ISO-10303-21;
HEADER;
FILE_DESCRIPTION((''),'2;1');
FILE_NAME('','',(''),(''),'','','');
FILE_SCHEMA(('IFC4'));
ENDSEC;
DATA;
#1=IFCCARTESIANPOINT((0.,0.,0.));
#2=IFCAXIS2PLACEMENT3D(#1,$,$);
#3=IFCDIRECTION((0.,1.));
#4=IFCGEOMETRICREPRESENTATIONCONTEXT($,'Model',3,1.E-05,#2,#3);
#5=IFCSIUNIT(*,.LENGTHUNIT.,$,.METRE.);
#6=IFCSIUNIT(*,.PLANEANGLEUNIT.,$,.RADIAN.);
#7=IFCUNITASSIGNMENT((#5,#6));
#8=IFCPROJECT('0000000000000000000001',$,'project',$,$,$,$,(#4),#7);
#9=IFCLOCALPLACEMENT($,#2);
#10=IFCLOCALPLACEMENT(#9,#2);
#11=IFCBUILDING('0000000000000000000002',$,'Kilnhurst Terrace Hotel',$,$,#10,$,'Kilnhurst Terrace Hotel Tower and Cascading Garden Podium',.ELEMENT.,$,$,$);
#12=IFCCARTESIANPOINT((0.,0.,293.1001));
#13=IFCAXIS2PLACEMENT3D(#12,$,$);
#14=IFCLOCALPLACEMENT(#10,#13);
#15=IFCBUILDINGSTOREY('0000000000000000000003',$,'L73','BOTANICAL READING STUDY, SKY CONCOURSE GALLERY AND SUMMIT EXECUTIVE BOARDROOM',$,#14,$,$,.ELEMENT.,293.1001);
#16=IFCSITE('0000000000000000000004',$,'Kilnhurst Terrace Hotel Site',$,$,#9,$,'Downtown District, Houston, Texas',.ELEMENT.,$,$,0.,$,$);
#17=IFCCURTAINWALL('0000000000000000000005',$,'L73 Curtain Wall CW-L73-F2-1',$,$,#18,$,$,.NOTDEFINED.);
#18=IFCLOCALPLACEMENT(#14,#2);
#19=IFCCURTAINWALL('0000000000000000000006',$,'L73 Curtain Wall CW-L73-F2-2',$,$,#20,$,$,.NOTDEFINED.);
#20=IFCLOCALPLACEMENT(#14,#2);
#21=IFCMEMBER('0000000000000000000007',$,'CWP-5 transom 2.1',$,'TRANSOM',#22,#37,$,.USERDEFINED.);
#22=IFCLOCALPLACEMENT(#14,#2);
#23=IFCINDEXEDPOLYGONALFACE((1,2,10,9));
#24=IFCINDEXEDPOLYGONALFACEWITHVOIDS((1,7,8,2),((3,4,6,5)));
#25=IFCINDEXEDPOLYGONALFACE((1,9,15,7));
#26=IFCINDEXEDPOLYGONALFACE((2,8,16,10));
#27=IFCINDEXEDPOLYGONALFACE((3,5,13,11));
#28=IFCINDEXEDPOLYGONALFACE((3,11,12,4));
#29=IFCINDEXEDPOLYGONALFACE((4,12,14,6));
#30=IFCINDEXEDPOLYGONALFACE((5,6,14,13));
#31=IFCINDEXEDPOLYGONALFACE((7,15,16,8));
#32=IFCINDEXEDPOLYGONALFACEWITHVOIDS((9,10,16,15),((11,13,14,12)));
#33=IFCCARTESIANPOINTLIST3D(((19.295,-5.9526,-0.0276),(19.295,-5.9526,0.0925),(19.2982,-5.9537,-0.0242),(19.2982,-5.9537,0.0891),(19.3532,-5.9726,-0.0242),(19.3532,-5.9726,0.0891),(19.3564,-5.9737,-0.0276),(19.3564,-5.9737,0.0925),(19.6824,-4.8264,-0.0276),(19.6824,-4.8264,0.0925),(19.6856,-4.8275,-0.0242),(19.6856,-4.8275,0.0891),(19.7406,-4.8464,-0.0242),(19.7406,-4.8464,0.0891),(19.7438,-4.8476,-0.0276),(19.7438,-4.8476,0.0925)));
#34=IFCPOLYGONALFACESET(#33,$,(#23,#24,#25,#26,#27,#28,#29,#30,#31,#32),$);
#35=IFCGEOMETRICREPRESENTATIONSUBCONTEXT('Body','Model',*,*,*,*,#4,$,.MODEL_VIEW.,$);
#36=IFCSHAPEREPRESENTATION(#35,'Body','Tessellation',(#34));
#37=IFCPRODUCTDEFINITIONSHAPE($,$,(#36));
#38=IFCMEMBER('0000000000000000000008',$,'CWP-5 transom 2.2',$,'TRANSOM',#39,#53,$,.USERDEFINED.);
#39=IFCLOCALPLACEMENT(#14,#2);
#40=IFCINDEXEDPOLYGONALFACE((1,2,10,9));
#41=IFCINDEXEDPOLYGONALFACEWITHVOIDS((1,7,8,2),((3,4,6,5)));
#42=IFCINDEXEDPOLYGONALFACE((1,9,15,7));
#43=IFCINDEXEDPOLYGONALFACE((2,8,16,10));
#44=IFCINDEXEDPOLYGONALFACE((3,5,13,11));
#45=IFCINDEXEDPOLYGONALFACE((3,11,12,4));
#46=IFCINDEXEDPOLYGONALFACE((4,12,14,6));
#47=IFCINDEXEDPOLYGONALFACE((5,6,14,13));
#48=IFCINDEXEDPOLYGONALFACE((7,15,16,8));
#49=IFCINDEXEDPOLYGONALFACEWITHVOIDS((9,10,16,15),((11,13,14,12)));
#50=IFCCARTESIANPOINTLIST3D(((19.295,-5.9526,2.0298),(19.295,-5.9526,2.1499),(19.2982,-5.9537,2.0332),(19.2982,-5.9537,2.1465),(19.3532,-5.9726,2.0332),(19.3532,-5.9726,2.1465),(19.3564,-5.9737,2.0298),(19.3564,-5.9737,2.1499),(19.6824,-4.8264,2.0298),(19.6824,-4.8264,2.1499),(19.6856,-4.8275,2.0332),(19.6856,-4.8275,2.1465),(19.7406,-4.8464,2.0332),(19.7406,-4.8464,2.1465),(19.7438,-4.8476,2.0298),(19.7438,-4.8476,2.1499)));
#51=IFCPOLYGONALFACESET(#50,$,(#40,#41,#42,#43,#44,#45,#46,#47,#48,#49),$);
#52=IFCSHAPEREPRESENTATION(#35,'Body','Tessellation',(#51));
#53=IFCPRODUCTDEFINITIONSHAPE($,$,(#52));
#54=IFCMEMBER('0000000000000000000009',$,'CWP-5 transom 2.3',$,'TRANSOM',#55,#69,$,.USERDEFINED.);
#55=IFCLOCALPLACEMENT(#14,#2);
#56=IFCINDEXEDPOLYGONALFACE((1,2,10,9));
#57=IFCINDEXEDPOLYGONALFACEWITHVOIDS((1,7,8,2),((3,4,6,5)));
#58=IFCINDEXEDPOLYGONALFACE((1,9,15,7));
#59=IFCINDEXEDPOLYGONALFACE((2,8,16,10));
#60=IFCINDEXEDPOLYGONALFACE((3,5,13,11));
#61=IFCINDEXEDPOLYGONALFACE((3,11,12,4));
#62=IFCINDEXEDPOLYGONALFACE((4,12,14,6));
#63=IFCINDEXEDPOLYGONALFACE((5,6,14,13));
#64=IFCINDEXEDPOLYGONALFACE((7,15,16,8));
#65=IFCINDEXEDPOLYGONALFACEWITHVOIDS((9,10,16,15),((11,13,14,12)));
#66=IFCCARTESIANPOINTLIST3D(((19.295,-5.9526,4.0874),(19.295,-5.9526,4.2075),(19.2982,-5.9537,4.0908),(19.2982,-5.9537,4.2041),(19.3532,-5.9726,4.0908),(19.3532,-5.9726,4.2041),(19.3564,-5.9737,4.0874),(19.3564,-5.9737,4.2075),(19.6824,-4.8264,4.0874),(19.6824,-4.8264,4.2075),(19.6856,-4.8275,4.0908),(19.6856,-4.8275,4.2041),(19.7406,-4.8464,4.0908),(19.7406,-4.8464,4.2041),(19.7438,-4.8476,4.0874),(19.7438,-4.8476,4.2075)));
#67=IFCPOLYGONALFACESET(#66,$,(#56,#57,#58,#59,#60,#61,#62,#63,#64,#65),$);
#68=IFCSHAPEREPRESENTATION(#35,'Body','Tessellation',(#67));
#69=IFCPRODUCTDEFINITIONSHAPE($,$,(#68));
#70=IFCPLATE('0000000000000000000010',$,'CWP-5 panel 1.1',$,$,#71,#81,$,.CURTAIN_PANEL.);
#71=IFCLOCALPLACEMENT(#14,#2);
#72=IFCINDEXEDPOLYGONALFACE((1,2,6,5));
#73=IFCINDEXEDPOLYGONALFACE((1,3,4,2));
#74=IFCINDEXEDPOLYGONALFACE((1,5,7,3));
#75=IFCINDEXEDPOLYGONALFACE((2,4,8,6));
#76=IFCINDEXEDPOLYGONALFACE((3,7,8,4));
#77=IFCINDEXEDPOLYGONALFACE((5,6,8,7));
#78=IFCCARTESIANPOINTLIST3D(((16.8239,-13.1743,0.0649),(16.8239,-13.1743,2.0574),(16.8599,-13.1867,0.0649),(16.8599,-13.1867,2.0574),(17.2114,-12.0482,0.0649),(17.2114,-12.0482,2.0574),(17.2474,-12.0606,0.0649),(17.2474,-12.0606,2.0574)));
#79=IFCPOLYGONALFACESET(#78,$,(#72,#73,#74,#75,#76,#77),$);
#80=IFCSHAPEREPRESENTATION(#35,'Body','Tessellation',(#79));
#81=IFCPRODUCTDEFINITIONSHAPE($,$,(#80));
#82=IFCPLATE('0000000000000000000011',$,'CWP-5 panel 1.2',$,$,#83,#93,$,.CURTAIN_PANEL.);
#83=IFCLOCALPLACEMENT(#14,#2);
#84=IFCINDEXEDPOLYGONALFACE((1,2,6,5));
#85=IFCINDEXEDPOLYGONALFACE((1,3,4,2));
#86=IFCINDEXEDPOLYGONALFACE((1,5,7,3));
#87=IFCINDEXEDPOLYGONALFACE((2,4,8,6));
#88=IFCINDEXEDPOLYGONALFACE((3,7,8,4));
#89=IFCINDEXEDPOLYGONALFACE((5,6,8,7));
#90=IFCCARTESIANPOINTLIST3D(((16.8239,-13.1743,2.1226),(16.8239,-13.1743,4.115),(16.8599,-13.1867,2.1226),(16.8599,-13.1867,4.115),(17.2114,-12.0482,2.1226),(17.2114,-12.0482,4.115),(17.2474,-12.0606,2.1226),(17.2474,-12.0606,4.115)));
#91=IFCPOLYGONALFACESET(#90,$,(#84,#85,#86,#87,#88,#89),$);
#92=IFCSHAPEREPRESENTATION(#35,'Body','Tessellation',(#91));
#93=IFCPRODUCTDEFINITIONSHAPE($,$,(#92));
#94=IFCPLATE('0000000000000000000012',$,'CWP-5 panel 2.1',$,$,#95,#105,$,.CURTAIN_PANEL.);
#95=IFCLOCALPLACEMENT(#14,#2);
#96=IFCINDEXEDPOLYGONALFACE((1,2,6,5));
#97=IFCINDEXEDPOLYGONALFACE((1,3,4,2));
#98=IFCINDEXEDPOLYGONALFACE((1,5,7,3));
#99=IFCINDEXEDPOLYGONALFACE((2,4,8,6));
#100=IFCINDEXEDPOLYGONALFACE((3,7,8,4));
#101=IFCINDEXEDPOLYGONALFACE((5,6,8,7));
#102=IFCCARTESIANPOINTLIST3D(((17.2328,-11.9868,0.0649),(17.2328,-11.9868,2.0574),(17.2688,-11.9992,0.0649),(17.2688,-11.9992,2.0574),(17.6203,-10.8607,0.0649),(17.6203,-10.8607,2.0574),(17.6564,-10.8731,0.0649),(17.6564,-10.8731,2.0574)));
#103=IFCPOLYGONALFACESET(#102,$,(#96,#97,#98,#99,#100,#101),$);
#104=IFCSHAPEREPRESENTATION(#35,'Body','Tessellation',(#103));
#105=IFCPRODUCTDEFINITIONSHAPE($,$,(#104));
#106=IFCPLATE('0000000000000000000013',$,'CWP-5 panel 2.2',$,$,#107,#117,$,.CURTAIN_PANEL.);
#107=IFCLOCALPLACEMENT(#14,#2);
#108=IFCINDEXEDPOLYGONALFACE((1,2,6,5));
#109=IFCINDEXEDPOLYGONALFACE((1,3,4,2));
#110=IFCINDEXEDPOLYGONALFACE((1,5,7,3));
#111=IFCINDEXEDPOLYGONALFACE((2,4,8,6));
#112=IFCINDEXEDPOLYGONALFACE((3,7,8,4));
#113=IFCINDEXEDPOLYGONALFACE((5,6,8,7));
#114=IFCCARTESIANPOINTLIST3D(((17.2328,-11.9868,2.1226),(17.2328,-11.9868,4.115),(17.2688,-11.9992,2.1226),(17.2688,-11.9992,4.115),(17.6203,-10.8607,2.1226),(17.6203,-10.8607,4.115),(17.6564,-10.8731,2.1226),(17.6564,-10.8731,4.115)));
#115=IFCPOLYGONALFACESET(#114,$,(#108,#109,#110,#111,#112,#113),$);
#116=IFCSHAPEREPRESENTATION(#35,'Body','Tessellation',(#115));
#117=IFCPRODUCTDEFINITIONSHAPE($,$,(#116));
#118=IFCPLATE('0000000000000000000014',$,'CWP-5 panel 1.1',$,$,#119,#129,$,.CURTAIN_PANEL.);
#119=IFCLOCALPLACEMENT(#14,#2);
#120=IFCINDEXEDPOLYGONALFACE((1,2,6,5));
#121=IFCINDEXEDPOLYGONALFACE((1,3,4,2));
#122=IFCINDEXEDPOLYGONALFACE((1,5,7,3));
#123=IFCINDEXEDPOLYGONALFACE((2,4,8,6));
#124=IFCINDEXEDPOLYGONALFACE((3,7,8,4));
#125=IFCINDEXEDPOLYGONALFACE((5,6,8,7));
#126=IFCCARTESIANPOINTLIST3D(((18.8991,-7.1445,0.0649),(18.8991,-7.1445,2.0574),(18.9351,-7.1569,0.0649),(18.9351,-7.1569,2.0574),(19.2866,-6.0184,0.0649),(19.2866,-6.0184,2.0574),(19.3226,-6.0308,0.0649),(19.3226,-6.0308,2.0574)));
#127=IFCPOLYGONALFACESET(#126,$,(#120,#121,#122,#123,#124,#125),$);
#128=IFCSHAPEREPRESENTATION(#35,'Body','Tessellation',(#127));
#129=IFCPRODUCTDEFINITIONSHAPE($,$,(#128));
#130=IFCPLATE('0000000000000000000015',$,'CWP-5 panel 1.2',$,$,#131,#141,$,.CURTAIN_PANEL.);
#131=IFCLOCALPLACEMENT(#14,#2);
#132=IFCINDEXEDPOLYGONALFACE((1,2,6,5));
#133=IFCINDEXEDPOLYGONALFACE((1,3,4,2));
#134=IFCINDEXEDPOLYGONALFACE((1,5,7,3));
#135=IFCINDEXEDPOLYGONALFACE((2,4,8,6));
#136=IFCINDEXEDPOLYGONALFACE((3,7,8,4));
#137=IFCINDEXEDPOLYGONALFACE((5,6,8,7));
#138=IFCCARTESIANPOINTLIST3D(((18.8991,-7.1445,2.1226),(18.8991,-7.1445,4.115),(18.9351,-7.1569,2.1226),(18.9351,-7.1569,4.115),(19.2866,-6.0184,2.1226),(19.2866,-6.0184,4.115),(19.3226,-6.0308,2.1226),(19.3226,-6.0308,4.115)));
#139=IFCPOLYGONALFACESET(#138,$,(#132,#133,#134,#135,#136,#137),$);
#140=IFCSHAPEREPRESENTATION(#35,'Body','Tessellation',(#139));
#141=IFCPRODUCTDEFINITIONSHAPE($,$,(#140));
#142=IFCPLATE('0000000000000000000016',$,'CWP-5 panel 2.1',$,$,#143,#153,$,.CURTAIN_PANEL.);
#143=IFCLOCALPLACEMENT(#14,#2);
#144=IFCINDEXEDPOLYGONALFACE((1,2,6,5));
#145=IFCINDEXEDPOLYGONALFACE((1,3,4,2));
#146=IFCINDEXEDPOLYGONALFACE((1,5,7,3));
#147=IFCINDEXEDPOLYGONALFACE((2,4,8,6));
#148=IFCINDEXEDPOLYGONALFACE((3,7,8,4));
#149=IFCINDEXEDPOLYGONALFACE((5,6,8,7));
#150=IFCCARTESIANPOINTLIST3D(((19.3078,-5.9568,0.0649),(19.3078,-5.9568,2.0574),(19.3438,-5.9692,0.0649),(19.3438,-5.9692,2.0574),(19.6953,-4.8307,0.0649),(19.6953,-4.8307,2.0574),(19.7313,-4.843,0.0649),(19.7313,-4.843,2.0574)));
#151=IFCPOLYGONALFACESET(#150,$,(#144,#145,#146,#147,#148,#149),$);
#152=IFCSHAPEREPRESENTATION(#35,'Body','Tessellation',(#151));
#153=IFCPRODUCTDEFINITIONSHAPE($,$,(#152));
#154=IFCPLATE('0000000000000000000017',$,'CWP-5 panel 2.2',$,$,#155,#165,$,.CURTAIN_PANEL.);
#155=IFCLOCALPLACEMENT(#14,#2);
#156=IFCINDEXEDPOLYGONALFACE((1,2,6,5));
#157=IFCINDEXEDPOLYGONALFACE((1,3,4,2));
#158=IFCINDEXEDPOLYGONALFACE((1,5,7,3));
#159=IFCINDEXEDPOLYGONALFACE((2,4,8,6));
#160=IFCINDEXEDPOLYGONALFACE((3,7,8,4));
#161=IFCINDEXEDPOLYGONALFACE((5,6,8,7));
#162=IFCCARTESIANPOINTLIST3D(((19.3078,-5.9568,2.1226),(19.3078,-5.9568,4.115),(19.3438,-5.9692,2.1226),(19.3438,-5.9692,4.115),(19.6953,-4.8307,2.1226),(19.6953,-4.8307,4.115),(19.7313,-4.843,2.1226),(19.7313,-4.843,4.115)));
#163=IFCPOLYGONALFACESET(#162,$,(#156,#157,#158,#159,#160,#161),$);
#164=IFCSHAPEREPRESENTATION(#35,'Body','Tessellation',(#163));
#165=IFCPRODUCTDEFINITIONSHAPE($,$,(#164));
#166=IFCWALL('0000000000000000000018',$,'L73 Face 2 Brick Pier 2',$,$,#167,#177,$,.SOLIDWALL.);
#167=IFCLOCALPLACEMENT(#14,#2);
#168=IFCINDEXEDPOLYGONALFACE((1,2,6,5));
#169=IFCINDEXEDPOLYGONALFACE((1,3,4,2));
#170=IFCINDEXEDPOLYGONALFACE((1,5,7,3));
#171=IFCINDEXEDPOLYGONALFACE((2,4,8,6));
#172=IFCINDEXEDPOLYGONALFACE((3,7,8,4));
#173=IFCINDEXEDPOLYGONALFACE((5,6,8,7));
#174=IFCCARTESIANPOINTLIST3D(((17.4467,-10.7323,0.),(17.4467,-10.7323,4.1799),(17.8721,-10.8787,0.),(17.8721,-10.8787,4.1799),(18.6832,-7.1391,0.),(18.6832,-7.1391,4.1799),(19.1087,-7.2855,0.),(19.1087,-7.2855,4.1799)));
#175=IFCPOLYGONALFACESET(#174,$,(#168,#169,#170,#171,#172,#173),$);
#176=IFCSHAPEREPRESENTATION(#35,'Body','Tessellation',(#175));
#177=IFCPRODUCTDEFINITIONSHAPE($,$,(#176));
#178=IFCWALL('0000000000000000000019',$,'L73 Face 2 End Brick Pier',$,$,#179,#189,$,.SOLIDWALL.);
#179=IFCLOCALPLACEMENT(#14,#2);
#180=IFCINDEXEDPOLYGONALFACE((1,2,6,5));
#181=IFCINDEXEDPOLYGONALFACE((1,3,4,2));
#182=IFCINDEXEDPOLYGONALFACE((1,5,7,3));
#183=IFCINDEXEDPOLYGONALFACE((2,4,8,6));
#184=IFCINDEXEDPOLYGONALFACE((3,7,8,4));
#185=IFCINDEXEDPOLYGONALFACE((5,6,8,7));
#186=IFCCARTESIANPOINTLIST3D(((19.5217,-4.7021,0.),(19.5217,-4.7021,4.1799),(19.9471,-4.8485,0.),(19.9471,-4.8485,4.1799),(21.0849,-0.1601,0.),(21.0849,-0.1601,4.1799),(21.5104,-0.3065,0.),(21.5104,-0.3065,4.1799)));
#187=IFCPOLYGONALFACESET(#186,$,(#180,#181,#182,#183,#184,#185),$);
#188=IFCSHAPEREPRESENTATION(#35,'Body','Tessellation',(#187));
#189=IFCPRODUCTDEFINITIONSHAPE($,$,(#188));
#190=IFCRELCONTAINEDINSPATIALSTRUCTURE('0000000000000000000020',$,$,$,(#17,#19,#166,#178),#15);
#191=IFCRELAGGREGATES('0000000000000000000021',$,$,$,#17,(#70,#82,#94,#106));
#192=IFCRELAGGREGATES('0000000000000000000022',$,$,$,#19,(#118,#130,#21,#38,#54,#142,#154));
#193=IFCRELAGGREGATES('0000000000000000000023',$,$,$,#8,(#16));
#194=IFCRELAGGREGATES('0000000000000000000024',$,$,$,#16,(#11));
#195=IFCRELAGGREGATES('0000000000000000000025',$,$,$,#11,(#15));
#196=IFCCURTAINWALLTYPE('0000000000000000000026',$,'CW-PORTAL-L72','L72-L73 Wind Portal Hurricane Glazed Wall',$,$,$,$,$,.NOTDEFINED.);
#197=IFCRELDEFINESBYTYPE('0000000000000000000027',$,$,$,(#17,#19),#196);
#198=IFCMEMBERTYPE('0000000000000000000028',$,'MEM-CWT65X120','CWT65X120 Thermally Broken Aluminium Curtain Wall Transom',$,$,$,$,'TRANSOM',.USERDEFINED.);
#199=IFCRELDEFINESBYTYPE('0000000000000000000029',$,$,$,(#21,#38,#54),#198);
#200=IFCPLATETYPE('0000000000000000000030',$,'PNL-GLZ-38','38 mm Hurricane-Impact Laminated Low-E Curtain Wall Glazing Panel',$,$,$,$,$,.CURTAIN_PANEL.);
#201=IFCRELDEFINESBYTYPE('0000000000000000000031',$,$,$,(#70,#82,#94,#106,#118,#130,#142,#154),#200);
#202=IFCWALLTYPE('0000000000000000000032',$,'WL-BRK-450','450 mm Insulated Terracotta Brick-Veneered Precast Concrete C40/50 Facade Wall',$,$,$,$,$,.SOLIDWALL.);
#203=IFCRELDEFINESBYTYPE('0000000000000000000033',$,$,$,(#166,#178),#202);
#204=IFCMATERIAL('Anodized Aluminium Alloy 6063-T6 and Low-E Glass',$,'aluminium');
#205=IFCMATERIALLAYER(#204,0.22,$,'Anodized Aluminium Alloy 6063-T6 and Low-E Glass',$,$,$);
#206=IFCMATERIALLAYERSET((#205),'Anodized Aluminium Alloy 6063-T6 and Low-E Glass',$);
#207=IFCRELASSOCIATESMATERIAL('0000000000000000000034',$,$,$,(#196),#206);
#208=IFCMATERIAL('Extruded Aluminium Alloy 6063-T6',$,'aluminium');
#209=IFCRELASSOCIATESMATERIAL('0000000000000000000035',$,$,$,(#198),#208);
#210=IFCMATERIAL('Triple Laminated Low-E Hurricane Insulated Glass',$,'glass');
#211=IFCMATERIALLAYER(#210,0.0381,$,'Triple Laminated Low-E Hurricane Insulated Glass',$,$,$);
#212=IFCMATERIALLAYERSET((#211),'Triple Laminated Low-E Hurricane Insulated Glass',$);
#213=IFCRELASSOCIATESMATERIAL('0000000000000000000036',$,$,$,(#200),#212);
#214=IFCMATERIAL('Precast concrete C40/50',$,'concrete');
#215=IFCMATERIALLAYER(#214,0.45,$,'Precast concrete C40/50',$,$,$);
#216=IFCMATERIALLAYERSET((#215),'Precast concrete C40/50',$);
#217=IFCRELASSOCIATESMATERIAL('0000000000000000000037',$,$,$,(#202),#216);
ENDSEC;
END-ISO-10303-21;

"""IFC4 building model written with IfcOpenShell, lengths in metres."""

from ifc_helpers import new_model, si_unit, direction, frame, frame_2d, origin, origin_2d, place, context, subcontext, project, spatial, rectangle, hollow_rectangle, extrude, material, layer, layer_set, material_profile, profile_set, type_object, element, aggregate, save


model = new_model("IFC4")

# Units and contexts
model_context = context("Model", 3, precision=1e-05, world=origin(), true_north=direction((0.0, 1.0)))
body_context = subcontext(model_context, "Body", "Model", "MODEL_VIEW")
ifc_project = project(units=[si_unit("LENGTHUNIT", "METRE"), si_unit("PLANEANGLEUNIT", "RADIAN")], contexts=[model_context])

# Site, building, storey
site_placement = place(None, origin())
site = spatial("IfcSite", under=ifc_project, at=site_placement, Name="Kilnhurst Terrace Hotel Site", LongName="Downtown District, Houston, Texas", CompositionType="ELEMENT", RefElevation=0.0)
building_placement = place(site_placement, origin())
building = spatial("IfcBuilding", under=site, at=building_placement, Name="Kilnhurst Terrace Hotel", LongName="Kilnhurst Terrace Hotel Tower and Cascading Garden Podium", CompositionType="ELEMENT")
storey_placement = place(building_placement, frame((0.0, 0.0, 293.1001)))
storey = spatial("IfcBuildingStorey", under=building, at=storey_placement, Name="L73", Description="BOTANICAL READING STUDY, SKY CONCOURSE GALLERY AND SUMMIT EXECUTIVE BOARDROOM", CompositionType="ELEMENT", Elevation=293.1001)

# Curtain walls
ifc_material_1 = material(Name="Anodized Aluminium Alloy 6063-T6 and Low-E Glass", Category="aluminium")
ifc_layer_1 = layer(ifc_material_1, 0.22, Name="Anodized Aluminium Alloy 6063-T6 and Low-E Glass")
ifc_layer_set_1 = layer_set([ifc_layer_1], Name="Anodized Aluminium Alloy 6063-T6 and Low-E Glass")
curtain_wall_type = type_object("IfcCurtainWallType", Name="CW-PORTAL-L72", Description="L72-L73 Wind Portal Hurricane Glazed Wall", PredefinedType="NOTDEFINED", material=ifc_layer_set_1)
curtain_wall_1_placement = place(storey_placement, origin())
curtain_wall_1 = element("IfcCurtainWall", 1, at=curtain_wall_1_placement, inside=storey, type_object=curtain_wall_type, Name="L73 Curtain Wall CW-L73-F2-1", PredefinedType="NOTDEFINED")
ifc_material_2 = material(Name="Extruded Aluminium Alloy 6063-T6", Category="aluminium")
curtain_wall_2_placement = place(storey_placement, origin())
curtain_wall_2 = element("IfcCurtainWall", 2, at=curtain_wall_2_placement, inside=storey, type_object=curtain_wall_type, Name="L73 Curtain Wall CW-L73-F2-2", PredefinedType="NOTDEFINED")

# Members
ifc_material_profile_1 = material_profile(ifc_material_2, hollow_rectangle(XDim=0.0649, YDim=0.1201, WallThickness=0.0034, at=origin_2d()), Name="CWT65X120")
ifc_profile_set_1 = profile_set([ifc_material_profile_1], Name="Extruded Aluminium Alloy 6063-T6")
member_type_1 = type_object("IfcMemberType", Name="MEM-CWT65X120", Description="CWT65X120 Thermally Broken Aluminium Curtain Wall Transom", ElementType="TRANSOM", PredefinedType="USERDEFINED", material=ifc_profile_set_1)
member_1_placement = place(storey_placement, frame((19.3257, -5.9631, 0.0325), z_axis=(0.325315, 0.945606, 0.0), x_axis=(-0.945606, 0.325315, 0.0)))
member_1 = element("IfcMember", 3, at=member_1_placement, type_object=member_type_1, Name="CWP-5 transom 2.1", ObjectType="TRANSOM", PredefinedType="USERDEFINED", context=body_context, shape_type="SweptSolid", body=[
    extrude(hollow_rectangle(XDim=0.0649, YDim=0.1201, WallThickness=0.0034, at=origin_2d()), origin(), (0.0, 0.0, 1.0), 1.1909),
])
member_2_placement = place(storey_placement, frame((19.3257, -5.9631, 2.0898), z_axis=(0.325315, 0.945606, 0.0), x_axis=(-0.945606, 0.325315, 0.0)))
member_2 = element("IfcMember", 4, at=member_2_placement, type_object=member_type_1, Name="CWP-5 transom 2.2", ObjectType="TRANSOM", PredefinedType="USERDEFINED", context=body_context, shape_type="SweptSolid", body=[
    extrude(hollow_rectangle(XDim=0.0649, YDim=0.1201, WallThickness=0.0034, at=origin_2d()), origin(), (0.0, 0.0, 1.0), 1.1909),
])
member_3_placement = place(storey_placement, frame((19.3257, -5.9631, 4.1475), z_axis=(0.325315, 0.945606, 0.0), x_axis=(-0.945606, 0.325315, 0.0)))
member_3 = element("IfcMember", 5, at=member_3_placement, type_object=member_type_1, Name="CWP-5 transom 2.3", ObjectType="TRANSOM", PredefinedType="USERDEFINED", context=body_context, shape_type="SweptSolid", body=[
    extrude(hollow_rectangle(XDim=0.0649, YDim=0.1201, WallThickness=0.0034, at=origin_2d()), origin(), (0.0, 0.0, 1.0), 1.1909),
])

# Plates
ifc_material_3 = material(Name="Triple Laminated Low-E Hurricane Insulated Glass", Category="glass")
ifc_layer_2 = layer(ifc_material_3, 0.0381, Name="Triple Laminated Low-E Hurricane Insulated Glass")
ifc_layer_set_2 = layer_set([ifc_layer_2], Name="Triple Laminated Low-E Hurricane Insulated Glass")
plate_type = type_object("IfcPlateType", Name="PNL-GLZ-38", Description="38 mm Hurricane-Impact Laminated Low-E Curtain Wall Glazing Panel", PredefinedType="CURTAIN_PANEL", material=ifc_layer_set_2)
plate_1_placement = place(storey_placement, frame((17.0356, -12.6174, 0.0649), z_axis=(0.0, 0.0, 1.0), x_axis=(0.325409, 0.945573, 0.0)))
plate_1 = element("IfcPlate", 6, at=plate_1_placement, type_object=plate_type, Name="CWP-5 panel 1.1", PredefinedType="CURTAIN_PANEL", context=body_context, shape_type="SweptSolid", body=[
    extrude(rectangle(XDim=1.1909, YDim=0.0381, at=origin_2d()), origin(), (0.0, 0.0, 1.0), 1.9924),
])
plate_2_placement = place(storey_placement, frame((17.0356, -12.6174, 2.1226), z_axis=(0.0, 0.0, 1.0), x_axis=(0.325409, 0.945573, 0.0)))
plate_2 = element("IfcPlate", 7, at=plate_2_placement, type_object=plate_type, Name="CWP-5 panel 1.2", PredefinedType="CURTAIN_PANEL", context=body_context, shape_type="SweptSolid", body=[
    extrude(rectangle(XDim=1.1909, YDim=0.0381, at=origin_2d()), origin(), (0.0, 0.0, 1.0), 1.9924),
])
plate_3_placement = place(storey_placement, frame((17.4446, -11.4299, 0.0649), z_axis=(0.0, 0.0, 1.0), x_axis=(0.325409, 0.945573, 0.0)))
plate_3 = element("IfcPlate", 8, at=plate_3_placement, type_object=plate_type, Name="CWP-5 panel 2.1", PredefinedType="CURTAIN_PANEL", context=body_context, shape_type="SweptSolid", body=[
    extrude(rectangle(XDim=1.1909, YDim=0.0381, at=origin_2d()), origin(), (0.0, 0.0, 1.0), 1.9924),
])
plate_4_placement = place(storey_placement, frame((17.4446, -11.4299, 2.1226), z_axis=(0.0, 0.0, 1.0), x_axis=(0.325409, 0.945573, 0.0)))
plate_4 = element("IfcPlate", 9, at=plate_4_placement, type_object=plate_type, Name="CWP-5 panel 2.2", PredefinedType="CURTAIN_PANEL", context=body_context, shape_type="SweptSolid", body=[
    extrude(rectangle(XDim=1.1909, YDim=0.0381, at=origin_2d()), origin(), (0.0, 0.0, 1.0), 1.9924),
])
aggregate(curtain_wall_1, [plate_1, plate_2, plate_3, plate_4])
plate_5_placement = place(storey_placement, frame((19.1108, -6.5876, 0.0649), z_axis=(0.0, 0.0, 1.0), x_axis=(0.325387, 0.945581, 0.0)))
plate_5 = element("IfcPlate", 10, at=plate_5_placement, type_object=plate_type, Name="CWP-5 panel 1.1", PredefinedType="CURTAIN_PANEL", context=body_context, shape_type="SweptSolid", body=[
    extrude(rectangle(XDim=1.1909, YDim=0.0381, at=origin_2d()), origin(), (0.0, 0.0, 1.0), 1.9924),
])
plate_6_placement = place(storey_placement, frame((19.1108, -6.5876, 2.1226), z_axis=(0.0, 0.0, 1.0), x_axis=(0.325387, 0.945581, 0.0)))
plate_6 = element("IfcPlate", 11, at=plate_6_placement, type_object=plate_type, Name="CWP-5 panel 1.2", PredefinedType="CURTAIN_PANEL", context=body_context, shape_type="SweptSolid", body=[
    extrude(rectangle(XDim=1.1909, YDim=0.0381, at=origin_2d()), origin(), (0.0, 0.0, 1.0), 1.9924),
])
plate_7_placement = place(storey_placement, frame((19.5195, -5.3999, 0.0649), z_axis=(0.0, 0.0, 1.0), x_axis=(0.325387, 0.945581, 0.0)))
plate_7 = element("IfcPlate", 12, at=plate_7_placement, type_object=plate_type, Name="CWP-5 panel 2.1", PredefinedType="CURTAIN_PANEL", context=body_context, shape_type="SweptSolid", body=[
    extrude(rectangle(XDim=1.1909, YDim=0.0381, at=origin_2d()), origin(), (0.0, 0.0, 1.0), 1.9924),
])
plate_8_placement = place(storey_placement, frame((19.5195, -5.3999, 2.1226), z_axis=(0.0, 0.0, 1.0), x_axis=(0.325387, 0.945581, 0.0)))
plate_8 = element("IfcPlate", 13, at=plate_8_placement, type_object=plate_type, Name="CWP-5 panel 2.2", PredefinedType="CURTAIN_PANEL", context=body_context, shape_type="SweptSolid", body=[
    extrude(rectangle(XDim=1.1909, YDim=0.0381, at=origin_2d()), origin(), (0.0, 0.0, 1.0), 1.9924),
])
aggregate(curtain_wall_2, [plate_5, plate_6, member_1, member_2, member_3, plate_7, plate_8])

# Shared definitions
ifc_material_4 = material(Name="Precast concrete C40/50", Category="concrete")
ifc_layer_3 = layer(ifc_material_4, 0.45, Name="Precast concrete C40/50")
ifc_layer_set_3 = layer_set([ifc_layer_3], Name="Precast concrete C40/50")
wall_type = type_object("IfcWallType", Name="WL-BRK-450", Description="450 mm Insulated Terracotta Brick-Veneered Precast Concrete C40/50 Facade Wall", PredefinedType="SOLIDWALL", material=ifc_layer_set_3)

# Walls
wall_1_placement = place(storey_placement, frame((17.6594, -10.8054, 0.0), z_axis=(0.0, 0.0, 1.0), x_axis=(0.325407, 0.945574, 0.0)))
element("IfcWall", 14, at=wall_1_placement, inside=storey, type_object=wall_type, Name="L73 Face 2 Brick Pier 2", PredefinedType="SOLIDWALL", context=body_context, shape_type="SweptSolid", body=[
    extrude(rectangle(XDim=3.8, YDim=0.45, at=frame_2d((1.8999, 0.0))), origin(), (0.0, 0.0, 1.0), 4.1799),
])
wall_2_placement = place(storey_placement, frame((19.7344, -4.7754, 0.0), z_axis=(0.0, 0.0, 1.0), x_axis=(0.325438, 0.945563, 0.0)))
element("IfcWall", 15, at=wall_2_placement, inside=storey, type_object=wall_type, Name="L73 Face 2 End Brick Pier", PredefinedType="SOLIDWALL", context=body_context, shape_type="SweptSolid", body=[
    extrude(rectangle(XDim=4.8035, YDim=0.45, at=frame_2d((2.4019, 0.0))), origin(), (0.0, 0.0, 1.0), 4.1799),
])

save(model, "model.ifc")
